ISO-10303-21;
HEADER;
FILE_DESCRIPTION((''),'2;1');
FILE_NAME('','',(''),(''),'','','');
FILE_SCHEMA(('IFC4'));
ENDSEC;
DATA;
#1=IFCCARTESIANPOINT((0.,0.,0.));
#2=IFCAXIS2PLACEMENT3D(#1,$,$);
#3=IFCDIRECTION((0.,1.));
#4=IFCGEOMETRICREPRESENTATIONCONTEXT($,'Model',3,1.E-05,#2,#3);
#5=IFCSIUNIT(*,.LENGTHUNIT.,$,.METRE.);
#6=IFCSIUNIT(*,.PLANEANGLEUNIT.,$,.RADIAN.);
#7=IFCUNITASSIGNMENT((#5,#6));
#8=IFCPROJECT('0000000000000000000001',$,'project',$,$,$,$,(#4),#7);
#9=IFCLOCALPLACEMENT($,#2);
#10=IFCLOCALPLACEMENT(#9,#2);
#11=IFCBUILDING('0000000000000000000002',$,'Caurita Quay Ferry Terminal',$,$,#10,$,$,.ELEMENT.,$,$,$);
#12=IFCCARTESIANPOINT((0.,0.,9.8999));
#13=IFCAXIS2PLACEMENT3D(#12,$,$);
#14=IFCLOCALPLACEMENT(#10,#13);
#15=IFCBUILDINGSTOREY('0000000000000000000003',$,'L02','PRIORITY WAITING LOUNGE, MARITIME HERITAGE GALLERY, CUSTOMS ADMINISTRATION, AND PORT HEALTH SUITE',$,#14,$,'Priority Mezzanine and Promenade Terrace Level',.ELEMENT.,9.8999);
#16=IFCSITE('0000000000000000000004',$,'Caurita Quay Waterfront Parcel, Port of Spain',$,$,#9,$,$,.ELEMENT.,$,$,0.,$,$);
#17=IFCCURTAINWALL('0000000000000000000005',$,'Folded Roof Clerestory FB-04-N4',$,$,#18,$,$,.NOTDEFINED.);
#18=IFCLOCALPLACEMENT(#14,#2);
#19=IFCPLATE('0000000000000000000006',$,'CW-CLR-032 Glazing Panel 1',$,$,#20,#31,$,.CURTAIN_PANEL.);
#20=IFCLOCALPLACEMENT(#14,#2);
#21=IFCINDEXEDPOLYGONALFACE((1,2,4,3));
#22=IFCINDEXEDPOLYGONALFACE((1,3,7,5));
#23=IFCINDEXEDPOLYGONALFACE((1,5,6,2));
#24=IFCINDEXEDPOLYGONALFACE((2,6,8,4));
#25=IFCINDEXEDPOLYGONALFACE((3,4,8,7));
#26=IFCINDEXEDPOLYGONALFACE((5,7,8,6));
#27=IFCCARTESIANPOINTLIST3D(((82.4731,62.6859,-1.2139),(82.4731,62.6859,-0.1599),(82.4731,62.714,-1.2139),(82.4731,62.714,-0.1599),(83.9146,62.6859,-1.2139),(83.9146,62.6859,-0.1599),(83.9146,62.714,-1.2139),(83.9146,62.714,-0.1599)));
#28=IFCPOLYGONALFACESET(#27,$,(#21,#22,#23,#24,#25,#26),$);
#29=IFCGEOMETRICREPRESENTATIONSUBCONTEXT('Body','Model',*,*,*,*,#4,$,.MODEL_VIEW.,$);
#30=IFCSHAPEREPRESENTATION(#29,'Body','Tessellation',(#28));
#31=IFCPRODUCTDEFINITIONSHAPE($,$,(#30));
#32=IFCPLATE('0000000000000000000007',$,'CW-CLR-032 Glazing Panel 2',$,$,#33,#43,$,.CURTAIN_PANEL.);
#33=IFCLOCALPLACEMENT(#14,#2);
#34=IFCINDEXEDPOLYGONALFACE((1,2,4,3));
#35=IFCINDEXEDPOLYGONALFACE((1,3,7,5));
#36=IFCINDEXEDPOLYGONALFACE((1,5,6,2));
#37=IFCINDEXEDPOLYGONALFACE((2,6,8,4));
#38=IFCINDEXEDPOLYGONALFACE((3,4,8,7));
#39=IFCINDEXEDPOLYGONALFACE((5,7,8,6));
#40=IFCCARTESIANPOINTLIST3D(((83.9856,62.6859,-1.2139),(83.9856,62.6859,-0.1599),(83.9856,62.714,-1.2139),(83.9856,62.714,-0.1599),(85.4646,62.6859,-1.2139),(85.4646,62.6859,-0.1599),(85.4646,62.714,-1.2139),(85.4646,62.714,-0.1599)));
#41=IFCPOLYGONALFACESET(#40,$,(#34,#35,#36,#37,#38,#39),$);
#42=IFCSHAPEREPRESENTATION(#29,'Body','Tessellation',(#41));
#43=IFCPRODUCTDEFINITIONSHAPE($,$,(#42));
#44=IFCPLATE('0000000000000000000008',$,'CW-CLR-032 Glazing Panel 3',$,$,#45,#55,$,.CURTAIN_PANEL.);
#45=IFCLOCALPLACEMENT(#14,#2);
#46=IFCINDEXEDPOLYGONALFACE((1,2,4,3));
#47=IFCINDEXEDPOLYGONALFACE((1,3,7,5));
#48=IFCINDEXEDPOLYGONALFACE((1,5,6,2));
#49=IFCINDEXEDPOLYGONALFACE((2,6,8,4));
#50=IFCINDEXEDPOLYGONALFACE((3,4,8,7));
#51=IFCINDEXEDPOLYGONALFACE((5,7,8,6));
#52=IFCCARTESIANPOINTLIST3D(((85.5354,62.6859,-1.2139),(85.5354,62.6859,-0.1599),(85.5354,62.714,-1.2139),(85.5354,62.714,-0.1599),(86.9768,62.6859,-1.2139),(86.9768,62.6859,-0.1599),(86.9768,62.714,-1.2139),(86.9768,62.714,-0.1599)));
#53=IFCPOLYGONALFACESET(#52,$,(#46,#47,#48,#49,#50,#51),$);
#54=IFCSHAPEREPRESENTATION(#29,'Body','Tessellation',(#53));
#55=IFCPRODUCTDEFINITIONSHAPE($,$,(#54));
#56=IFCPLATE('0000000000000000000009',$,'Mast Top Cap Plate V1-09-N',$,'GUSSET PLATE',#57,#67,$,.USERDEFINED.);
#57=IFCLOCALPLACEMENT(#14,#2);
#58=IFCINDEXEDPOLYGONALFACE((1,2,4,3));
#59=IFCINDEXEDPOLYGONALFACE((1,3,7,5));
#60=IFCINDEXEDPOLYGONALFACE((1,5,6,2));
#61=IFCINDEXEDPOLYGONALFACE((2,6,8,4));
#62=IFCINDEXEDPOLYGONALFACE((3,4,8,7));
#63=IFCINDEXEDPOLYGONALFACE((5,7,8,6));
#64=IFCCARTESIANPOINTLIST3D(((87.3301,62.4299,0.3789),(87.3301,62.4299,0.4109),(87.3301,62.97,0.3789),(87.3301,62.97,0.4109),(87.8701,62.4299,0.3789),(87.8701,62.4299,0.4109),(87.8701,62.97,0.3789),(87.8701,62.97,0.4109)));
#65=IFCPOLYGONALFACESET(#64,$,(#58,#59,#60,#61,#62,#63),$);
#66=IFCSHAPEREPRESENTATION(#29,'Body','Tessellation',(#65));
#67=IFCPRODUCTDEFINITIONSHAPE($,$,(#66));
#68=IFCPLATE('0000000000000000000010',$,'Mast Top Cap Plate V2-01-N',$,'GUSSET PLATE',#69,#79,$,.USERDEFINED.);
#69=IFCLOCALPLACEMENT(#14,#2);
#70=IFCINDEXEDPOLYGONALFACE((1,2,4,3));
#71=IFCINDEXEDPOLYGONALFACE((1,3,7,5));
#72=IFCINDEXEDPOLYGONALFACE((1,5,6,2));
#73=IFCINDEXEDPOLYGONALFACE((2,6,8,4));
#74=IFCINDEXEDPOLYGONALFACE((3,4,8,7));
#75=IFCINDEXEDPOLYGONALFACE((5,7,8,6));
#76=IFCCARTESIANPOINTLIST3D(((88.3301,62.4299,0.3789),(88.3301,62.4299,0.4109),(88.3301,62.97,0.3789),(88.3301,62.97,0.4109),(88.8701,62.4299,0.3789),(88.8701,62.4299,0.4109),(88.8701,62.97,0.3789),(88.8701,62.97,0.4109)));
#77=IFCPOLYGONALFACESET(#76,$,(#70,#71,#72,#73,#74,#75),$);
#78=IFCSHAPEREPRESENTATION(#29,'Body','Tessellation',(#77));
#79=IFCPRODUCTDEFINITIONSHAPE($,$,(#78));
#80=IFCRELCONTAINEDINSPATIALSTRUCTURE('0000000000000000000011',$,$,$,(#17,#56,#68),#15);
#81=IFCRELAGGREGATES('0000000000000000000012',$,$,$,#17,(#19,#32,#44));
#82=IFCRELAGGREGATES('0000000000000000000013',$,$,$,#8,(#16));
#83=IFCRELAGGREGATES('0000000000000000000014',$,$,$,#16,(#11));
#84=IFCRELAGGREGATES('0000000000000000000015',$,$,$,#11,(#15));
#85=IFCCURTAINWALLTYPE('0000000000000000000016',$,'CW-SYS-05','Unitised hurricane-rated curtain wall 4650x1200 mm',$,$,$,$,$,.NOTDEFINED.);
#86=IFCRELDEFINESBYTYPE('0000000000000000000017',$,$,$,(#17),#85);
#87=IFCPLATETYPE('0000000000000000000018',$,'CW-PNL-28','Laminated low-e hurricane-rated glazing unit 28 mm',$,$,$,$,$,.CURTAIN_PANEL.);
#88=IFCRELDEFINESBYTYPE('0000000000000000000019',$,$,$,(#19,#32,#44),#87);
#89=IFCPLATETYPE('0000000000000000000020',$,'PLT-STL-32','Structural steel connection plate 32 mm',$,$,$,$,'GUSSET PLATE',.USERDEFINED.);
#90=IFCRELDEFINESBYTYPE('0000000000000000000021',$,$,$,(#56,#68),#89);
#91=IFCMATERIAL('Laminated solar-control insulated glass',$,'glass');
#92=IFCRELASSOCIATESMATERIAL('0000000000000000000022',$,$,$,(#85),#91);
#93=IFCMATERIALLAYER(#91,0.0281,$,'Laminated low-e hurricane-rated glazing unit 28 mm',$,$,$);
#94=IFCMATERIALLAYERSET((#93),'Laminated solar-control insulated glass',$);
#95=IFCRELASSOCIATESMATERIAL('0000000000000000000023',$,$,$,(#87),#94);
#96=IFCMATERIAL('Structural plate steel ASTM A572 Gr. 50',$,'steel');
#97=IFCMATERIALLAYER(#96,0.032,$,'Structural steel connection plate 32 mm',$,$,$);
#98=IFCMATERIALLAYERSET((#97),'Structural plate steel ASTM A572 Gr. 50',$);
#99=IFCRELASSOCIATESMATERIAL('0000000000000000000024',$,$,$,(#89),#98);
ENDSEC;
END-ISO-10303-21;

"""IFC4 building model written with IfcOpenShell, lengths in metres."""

from ifc_helpers import new_model, si_unit, direction, frame, origin, origin_2d, place, context, subcontext, project, spatial, rectangle, extrude, material, layer, layer_set, type_object, element, aggregate, save


model = new_model("IFC4")

# Units and contexts
model_context = context("Model", 3, precision=1e-05, world=origin(), true_north=direction((0.0, 1.0)))
body_context = subcontext(model_context, "Body", "Model", "MODEL_VIEW")
ifc_project = project(units=[si_unit("LENGTHUNIT", "METRE"), si_unit("PLANEANGLEUNIT", "RADIAN")], contexts=[model_context])

# Site, building, storey
site_placement = place(None, origin())
site = spatial("IfcSite", under=ifc_project, at=site_placement, Name="Caurita Quay Waterfront Parcel, Port of Spain", CompositionType="ELEMENT", RefElevation=0.0)
building_placement = place(site_placement, origin())
building = spatial("IfcBuilding", under=site, at=building_placement, Name="Caurita Quay Ferry Terminal", CompositionType="ELEMENT")
storey_placement = place(building_placement, frame((0.0, 0.0, 9.8999)))
storey = spatial("IfcBuildingStorey", under=building, at=storey_placement, Name="L02", Description="PRIORITY WAITING LOUNGE, MARITIME HERITAGE GALLERY, CUSTOMS ADMINISTRATION, AND PORT HEALTH SUITE", LongName="Priority Mezzanine and Promenade Terrace Level", CompositionType="ELEMENT", Elevation=9.8999)

# Curtain wall
ifc_material_1 = material(Name="Laminated solar-control insulated glass", Category="glass")
curtain_wall_type = type_object("IfcCurtainWallType", Name="CW-SYS-05", Description="Unitised hurricane-rated curtain wall 4650x1200 mm", PredefinedType="NOTDEFINED", material=ifc_material_1)
curtain_wall_1_placement = place(storey_placement, origin())
curtain_wall_1 = element("IfcCurtainWall", 1, at=curtain_wall_1_placement, inside=storey, type_object=curtain_wall_type, Name="Folded Roof Clerestory FB-04-N4", PredefinedType="NOTDEFINED")

# Plates
ifc_layer_1 = layer(ifc_material_1, 0.0281, Name="Laminated low-e hurricane-rated glazing unit 28 mm")
ifc_layer_set_1 = layer_set([ifc_layer_1], Name="Laminated solar-control insulated glass")
plate_type_1 = type_object("IfcPlateType", Name="CW-PNL-28", Description="Laminated low-e hurricane-rated glazing unit 28 mm", PredefinedType="CURTAIN_PANEL", material=ifc_layer_set_1)
plate_1_placement = place(storey_placement, frame((83.1938, 62.7, -1.2139), z_axis=(0.0, 0.0, 1.0), x_axis=(1.0, 0.0, 0.0)))
plate_1 = element("IfcPlate", 2, at=plate_1_placement, type_object=plate_type_1, Name="CW-CLR-032 Glazing Panel 1", PredefinedType="CURTAIN_PANEL", context=body_context, shape_type="SweptSolid", body=[
    extrude(rectangle(XDim=1.4414, YDim=0.0281, at=origin_2d()), origin(), (0.0, 0.0, 1.0), 1.054),
])
plate_2_placement = place(storey_placement, frame((84.7251, 62.7, -1.2139), z_axis=(0.0, 0.0, 1.0), x_axis=(1.0, 0.0, 0.0)))
plate_2 = element("IfcPlate", 3, at=plate_2_placement, type_object=plate_type_1, Name="CW-CLR-032 Glazing Panel 2", PredefinedType="CURTAIN_PANEL", context=body_context, shape_type="SweptSolid", body=[
    extrude(rectangle(XDim=1.479, YDim=0.0281, at=origin_2d()), origin(), (0.0, 0.0, 1.0), 1.054),
])
plate_3_placement = place(storey_placement, frame((86.2561, 62.7, -1.2139), z_axis=(0.0, 0.0, 1.0), x_axis=(1.0, 0.0, 0.0)))
plate_3 = element("IfcPlate", 4, at=plate_3_placement, type_object=plate_type_1, Name="CW-CLR-032 Glazing Panel 3", PredefinedType="CURTAIN_PANEL", context=body_context, shape_type="SweptSolid", body=[
    extrude(rectangle(XDim=1.4414, YDim=0.0281, at=origin_2d()), origin(), (0.0, 0.0, 1.0), 1.054),
])
aggregate(curtain_wall_1, [plate_1, plate_2, plate_3])

# Plates
ifc_material_2 = material(Name="Structural plate steel ASTM A572 Gr. 50", Category="steel")
ifc_layer_2 = layer(ifc_material_2, 0.032, Name="Structural steel connection plate 32 mm")
ifc_layer_set_2 = layer_set([ifc_layer_2], Name="Structural plate steel ASTM A572 Gr. 50")
plate_type_2 = type_object("IfcPlateType", Name="PLT-STL-32", Description="Structural steel connection plate 32 mm", ElementType="GUSSET PLATE", PredefinedType="USERDEFINED", material=ifc_layer_set_2)
for number, where, z_axis, x_axis, name in (
    (5, (87.6001, 62.7, 0.3789), (0.0, 0.0, 1.0), (1.0, 0.0, 0.0), "Mast Top Cap Plate V1-09-N"),
    (6, (88.6001, 62.7, 0.3789), (0.0, 0.0, 1.0), (1.0, 0.0, 0.0), "Mast Top Cap Plate V2-01-N"),
):
    element("IfcPlate", number, at=place(storey_placement, frame(where, z_axis=z_axis, x_axis=x_axis)), inside=storey, type_object=plate_type_2, Name=name, ObjectType="GUSSET PLATE", PredefinedType="USERDEFINED", context=body_context, shape_type="SweptSolid", body=[
        extrude(rectangle(XDim=0.54, YDim=0.54, at=origin_2d()), origin(), (0.0, 0.0, 1.0), 0.032),
    ])

save(model, "model.ifc")
